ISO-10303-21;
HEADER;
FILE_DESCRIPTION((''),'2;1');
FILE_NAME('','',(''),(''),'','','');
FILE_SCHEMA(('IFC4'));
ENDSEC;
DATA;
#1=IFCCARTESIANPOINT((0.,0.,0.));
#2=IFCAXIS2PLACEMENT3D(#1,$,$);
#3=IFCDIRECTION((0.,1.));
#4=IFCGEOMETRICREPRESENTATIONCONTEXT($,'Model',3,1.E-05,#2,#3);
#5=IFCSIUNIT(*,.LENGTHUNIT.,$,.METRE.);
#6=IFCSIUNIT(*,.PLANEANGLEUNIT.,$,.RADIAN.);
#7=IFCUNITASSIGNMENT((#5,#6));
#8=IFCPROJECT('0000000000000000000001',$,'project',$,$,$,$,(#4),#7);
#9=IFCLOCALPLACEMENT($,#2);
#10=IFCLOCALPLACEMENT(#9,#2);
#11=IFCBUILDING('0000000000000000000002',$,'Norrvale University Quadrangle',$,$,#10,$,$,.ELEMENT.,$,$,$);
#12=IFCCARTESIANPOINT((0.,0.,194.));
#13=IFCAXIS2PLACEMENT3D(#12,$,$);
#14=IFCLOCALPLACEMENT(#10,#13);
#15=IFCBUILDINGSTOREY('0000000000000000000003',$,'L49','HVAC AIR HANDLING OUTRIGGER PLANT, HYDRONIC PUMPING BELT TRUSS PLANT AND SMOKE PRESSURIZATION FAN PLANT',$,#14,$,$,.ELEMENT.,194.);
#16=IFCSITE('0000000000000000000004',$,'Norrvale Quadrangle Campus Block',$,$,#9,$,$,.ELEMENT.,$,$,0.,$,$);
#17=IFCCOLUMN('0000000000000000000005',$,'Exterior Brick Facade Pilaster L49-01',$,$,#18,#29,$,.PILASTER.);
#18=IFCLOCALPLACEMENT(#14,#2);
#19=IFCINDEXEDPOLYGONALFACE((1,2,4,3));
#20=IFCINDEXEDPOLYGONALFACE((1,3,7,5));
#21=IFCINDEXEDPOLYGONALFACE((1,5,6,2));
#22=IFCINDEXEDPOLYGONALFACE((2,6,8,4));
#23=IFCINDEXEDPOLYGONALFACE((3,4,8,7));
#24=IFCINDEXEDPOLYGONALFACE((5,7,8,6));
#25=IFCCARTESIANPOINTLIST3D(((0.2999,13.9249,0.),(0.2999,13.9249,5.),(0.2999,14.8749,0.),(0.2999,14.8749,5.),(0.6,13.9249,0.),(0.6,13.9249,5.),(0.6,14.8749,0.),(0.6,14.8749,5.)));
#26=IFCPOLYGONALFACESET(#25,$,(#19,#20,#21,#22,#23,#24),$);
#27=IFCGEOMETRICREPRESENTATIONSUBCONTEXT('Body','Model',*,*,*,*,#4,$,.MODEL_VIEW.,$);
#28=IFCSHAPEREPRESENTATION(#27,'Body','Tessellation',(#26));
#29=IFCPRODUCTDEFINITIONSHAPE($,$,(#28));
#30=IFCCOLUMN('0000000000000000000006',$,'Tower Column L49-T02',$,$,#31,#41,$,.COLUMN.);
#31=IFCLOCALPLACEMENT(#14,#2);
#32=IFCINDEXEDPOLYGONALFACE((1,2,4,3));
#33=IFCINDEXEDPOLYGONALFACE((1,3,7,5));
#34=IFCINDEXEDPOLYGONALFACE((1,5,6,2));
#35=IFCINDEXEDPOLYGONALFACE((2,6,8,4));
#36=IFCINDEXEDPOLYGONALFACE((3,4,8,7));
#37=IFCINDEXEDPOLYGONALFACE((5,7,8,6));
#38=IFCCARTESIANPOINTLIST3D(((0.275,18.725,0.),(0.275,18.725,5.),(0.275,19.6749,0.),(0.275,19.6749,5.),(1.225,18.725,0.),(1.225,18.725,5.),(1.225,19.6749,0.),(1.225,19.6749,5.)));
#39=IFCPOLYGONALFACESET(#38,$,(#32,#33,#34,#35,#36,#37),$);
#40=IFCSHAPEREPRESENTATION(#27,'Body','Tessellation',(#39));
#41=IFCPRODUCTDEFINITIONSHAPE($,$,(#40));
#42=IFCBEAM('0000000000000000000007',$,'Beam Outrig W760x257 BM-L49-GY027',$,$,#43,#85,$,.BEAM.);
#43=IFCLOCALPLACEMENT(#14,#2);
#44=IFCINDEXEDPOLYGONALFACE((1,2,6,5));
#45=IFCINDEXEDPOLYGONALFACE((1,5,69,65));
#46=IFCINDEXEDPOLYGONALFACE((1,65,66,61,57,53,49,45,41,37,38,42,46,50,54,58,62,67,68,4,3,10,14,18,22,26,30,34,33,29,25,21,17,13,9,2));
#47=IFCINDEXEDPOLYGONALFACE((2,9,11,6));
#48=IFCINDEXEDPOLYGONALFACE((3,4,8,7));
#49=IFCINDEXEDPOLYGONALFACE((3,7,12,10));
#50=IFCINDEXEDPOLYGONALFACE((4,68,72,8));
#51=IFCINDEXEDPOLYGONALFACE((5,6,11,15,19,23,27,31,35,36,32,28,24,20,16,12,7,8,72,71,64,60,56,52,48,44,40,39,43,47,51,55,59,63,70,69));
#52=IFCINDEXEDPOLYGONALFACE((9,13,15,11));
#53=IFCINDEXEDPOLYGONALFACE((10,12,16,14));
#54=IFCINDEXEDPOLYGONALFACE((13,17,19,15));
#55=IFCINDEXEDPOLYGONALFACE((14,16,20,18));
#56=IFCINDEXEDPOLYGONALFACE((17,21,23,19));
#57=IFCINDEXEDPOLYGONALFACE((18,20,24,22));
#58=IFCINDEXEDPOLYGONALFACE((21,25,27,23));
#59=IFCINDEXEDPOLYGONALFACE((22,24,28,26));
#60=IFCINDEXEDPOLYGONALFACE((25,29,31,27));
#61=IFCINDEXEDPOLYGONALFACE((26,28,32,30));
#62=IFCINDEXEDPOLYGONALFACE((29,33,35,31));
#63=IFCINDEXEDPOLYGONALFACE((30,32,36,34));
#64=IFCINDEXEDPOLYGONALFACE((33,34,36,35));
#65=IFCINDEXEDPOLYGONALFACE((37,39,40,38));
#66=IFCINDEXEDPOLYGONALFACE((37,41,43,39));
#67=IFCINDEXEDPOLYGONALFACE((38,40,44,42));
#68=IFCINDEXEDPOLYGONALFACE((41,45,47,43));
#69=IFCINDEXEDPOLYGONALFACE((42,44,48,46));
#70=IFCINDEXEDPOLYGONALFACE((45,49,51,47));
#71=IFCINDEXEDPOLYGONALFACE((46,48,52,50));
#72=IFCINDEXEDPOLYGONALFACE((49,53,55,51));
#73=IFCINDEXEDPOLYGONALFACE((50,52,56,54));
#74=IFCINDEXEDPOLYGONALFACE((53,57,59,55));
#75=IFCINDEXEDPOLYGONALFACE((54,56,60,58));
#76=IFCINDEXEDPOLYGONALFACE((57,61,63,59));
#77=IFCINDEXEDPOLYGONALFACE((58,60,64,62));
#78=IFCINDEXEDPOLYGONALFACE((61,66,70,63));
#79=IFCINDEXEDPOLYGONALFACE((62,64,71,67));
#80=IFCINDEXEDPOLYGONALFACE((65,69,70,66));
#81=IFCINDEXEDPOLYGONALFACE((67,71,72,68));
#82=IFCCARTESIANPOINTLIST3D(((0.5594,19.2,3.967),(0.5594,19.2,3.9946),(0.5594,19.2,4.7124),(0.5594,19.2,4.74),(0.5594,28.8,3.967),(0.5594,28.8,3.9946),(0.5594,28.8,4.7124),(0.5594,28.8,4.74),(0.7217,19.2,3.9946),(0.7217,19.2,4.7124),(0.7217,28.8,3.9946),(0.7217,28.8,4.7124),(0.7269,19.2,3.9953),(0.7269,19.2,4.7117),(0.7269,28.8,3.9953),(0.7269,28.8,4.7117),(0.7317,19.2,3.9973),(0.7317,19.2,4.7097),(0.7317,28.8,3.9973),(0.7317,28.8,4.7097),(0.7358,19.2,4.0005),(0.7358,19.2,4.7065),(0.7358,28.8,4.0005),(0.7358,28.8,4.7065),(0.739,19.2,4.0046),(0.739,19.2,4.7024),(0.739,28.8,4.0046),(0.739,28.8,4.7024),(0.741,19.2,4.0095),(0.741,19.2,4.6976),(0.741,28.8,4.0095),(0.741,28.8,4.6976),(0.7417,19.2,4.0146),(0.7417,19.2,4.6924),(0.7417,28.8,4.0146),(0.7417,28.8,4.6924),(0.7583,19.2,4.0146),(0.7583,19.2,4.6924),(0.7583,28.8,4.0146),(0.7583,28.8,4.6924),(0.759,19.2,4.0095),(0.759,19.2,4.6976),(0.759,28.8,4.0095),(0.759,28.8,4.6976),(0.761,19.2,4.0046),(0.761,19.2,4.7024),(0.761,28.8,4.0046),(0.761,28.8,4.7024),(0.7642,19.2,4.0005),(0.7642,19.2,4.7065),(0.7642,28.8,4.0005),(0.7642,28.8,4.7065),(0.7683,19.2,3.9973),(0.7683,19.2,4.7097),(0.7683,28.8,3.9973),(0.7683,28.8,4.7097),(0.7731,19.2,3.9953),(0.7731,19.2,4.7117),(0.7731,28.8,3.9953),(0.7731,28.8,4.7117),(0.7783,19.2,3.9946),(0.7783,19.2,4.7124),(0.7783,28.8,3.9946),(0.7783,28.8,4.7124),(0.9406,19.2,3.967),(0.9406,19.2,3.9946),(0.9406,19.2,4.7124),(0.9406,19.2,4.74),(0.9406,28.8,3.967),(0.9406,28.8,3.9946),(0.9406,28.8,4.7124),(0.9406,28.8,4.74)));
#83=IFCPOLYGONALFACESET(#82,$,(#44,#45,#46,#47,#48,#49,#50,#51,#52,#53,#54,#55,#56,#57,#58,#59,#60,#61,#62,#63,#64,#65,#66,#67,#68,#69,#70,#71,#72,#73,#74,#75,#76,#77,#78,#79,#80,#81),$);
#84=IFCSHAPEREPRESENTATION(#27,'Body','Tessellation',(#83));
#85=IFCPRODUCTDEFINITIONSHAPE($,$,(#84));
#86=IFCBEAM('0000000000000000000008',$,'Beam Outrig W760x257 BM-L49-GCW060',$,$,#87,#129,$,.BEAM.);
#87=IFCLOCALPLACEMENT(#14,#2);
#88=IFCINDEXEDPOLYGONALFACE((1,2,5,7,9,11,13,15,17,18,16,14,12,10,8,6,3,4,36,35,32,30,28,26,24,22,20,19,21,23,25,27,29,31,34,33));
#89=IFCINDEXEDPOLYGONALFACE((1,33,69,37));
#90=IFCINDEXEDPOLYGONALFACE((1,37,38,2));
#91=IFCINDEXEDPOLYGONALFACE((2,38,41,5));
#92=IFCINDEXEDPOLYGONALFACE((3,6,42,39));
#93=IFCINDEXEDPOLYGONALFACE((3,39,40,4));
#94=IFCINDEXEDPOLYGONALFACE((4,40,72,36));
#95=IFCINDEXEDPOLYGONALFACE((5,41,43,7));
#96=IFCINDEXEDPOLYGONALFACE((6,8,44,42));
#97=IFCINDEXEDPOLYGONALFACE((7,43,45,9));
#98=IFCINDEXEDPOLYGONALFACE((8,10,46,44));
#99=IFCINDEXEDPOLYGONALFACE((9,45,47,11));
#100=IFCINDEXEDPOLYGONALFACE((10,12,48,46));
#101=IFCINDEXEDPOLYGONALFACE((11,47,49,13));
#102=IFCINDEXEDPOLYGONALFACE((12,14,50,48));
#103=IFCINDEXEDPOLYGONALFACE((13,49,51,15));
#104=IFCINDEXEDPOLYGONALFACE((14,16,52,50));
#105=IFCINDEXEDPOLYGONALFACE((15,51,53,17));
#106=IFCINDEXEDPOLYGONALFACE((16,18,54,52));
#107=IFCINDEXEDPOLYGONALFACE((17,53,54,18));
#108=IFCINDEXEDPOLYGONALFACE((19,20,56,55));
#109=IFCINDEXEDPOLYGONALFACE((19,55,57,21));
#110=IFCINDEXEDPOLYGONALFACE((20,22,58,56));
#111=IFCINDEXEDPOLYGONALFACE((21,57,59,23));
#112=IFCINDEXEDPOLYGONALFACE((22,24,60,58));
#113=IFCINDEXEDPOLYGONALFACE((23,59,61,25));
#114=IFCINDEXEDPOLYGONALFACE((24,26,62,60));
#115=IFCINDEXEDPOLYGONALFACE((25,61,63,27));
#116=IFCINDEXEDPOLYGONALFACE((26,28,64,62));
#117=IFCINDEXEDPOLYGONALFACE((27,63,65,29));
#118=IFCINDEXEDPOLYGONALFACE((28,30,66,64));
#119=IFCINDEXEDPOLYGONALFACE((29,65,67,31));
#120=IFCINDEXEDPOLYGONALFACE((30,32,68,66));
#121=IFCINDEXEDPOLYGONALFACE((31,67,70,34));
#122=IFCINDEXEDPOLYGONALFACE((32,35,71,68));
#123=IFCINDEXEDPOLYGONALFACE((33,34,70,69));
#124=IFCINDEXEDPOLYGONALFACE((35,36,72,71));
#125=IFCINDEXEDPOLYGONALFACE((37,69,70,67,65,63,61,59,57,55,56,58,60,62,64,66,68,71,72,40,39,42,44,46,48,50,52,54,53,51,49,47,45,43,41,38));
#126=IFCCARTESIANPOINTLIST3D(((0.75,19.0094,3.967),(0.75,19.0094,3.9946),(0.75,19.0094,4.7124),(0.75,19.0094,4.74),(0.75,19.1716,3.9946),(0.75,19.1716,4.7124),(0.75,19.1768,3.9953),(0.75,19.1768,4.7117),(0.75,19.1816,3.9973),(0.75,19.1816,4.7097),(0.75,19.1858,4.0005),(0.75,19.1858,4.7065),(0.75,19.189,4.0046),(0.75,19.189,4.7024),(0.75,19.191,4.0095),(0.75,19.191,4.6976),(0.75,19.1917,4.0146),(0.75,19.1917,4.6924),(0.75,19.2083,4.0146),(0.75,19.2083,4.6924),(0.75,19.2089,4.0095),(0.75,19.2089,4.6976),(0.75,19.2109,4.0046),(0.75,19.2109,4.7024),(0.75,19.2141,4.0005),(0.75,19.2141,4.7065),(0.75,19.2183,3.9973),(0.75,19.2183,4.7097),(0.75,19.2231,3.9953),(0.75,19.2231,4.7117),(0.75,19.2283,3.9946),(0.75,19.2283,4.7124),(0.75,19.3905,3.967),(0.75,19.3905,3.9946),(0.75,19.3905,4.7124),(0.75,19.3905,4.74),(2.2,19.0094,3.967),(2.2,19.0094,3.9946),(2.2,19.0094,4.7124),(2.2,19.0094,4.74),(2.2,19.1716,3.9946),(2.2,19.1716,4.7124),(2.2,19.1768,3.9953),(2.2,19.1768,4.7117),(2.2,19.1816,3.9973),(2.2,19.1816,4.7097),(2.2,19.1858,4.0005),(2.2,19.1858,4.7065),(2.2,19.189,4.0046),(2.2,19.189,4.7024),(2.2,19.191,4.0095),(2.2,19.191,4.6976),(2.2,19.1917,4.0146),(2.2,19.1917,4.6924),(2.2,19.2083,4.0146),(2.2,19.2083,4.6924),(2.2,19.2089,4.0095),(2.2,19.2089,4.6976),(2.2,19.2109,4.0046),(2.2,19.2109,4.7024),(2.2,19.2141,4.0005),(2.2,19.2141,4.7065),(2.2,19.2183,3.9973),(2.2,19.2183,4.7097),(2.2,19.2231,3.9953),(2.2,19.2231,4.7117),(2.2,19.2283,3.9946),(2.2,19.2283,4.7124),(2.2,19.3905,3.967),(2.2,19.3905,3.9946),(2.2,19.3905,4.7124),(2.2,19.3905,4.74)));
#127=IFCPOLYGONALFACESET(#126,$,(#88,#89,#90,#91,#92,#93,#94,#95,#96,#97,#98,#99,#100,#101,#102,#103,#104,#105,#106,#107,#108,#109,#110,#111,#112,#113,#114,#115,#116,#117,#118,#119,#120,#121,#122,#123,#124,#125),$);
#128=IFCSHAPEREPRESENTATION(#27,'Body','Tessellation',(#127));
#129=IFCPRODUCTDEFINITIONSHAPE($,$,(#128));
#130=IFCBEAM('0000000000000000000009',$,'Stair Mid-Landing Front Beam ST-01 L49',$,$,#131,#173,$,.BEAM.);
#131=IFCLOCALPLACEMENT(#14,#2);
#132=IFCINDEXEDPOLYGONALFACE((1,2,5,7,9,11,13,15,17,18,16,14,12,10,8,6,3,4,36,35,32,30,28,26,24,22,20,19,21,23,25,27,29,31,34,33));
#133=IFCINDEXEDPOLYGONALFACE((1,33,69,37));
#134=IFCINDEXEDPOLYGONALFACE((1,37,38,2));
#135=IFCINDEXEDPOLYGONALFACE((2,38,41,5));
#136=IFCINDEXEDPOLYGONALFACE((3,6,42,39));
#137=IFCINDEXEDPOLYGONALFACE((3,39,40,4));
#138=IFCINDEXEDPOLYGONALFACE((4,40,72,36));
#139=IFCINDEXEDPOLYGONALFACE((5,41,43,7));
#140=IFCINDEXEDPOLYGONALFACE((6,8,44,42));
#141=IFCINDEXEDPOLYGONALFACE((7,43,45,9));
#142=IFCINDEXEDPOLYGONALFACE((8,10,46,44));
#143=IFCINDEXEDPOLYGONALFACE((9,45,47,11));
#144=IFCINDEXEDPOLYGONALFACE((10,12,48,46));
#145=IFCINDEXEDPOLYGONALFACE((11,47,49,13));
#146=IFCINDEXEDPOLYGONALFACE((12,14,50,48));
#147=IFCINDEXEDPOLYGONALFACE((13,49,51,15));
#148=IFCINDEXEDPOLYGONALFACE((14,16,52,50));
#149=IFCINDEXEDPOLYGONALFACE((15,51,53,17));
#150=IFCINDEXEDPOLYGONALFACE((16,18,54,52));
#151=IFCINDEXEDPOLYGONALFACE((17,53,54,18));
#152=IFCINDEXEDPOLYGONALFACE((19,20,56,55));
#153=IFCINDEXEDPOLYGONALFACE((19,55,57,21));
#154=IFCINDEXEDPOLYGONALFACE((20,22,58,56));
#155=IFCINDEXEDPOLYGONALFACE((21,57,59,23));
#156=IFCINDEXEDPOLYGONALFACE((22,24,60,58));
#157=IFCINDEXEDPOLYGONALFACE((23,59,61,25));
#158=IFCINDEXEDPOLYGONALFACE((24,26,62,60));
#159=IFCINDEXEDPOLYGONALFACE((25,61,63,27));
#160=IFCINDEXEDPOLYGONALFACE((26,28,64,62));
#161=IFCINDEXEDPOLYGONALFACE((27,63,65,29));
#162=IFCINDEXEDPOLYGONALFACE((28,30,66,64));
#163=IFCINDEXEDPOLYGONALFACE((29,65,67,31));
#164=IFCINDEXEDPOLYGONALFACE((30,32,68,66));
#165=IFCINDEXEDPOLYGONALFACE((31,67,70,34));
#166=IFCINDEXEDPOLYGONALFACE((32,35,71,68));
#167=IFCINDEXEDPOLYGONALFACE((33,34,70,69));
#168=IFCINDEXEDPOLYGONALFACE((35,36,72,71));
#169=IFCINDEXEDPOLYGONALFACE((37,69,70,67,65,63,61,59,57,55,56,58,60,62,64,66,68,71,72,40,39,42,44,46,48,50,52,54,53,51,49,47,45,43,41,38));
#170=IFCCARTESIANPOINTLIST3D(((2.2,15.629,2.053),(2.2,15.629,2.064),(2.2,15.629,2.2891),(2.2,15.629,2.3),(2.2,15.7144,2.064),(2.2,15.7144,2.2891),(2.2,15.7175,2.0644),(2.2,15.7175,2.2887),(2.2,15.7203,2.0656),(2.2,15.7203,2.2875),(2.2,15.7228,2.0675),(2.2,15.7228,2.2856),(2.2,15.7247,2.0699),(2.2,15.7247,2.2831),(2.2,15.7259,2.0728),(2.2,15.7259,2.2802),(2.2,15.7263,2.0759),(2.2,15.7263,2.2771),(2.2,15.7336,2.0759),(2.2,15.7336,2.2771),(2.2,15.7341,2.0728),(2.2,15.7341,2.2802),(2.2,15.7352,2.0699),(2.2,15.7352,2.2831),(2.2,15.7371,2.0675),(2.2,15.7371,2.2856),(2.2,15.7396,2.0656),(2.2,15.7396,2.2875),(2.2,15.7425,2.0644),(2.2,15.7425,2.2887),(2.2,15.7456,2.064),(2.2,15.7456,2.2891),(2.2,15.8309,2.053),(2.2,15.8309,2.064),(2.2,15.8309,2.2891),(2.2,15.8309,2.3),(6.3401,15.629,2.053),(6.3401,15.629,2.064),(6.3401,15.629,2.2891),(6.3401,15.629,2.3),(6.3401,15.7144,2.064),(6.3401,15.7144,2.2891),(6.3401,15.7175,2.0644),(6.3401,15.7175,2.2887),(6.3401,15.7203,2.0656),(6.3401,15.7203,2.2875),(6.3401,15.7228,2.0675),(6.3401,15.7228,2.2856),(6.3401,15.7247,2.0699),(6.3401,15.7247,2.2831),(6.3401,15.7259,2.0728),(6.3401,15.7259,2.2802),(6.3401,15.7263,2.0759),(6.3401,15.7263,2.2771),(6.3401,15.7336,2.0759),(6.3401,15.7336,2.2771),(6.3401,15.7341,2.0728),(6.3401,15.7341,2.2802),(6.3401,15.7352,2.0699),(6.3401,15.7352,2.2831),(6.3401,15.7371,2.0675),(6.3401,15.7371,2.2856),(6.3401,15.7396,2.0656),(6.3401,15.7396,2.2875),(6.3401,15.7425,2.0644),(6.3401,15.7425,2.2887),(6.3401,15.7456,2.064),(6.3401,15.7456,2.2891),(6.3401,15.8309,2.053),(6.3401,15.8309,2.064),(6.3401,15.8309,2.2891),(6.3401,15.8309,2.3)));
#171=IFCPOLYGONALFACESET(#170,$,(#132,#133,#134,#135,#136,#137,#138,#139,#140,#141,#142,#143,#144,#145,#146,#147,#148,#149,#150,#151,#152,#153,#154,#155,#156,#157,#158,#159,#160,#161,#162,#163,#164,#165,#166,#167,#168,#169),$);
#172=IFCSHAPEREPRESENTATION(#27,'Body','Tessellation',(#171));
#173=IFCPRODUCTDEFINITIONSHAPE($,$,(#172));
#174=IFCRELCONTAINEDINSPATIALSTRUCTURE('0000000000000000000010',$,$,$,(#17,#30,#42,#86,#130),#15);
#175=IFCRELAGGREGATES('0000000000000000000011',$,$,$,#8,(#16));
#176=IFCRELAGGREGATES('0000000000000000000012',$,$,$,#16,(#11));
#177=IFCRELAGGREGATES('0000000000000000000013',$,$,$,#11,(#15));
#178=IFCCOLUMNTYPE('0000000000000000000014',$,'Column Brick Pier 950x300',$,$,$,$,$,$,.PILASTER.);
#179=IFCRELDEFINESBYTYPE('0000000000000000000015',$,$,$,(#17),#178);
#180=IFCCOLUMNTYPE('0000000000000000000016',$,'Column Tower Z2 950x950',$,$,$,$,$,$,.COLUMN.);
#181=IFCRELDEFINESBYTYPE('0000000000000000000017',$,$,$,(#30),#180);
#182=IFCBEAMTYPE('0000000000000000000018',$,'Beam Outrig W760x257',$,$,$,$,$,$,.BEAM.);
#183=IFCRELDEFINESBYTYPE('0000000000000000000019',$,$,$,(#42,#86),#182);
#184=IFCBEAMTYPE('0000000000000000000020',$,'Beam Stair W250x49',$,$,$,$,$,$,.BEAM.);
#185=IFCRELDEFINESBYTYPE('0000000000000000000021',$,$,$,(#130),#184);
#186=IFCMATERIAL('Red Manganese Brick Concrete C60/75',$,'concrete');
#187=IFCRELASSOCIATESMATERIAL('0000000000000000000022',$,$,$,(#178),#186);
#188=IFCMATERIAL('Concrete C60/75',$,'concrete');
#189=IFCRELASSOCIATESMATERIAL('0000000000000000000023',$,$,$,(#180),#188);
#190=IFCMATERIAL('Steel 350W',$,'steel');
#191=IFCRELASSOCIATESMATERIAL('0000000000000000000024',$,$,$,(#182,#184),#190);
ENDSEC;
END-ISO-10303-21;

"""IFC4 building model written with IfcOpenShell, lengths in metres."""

from ifc_helpers import new_model, si_unit, direction, frame, origin, origin_2d, place, context, subcontext, project, spatial, rectangle, i_section, extrude, material, material_profile, profile_set, type_object, element, save


model = new_model("IFC4")

# Units and contexts
model_context = context("Model", 3, precision=1e-05, world=origin(), true_north=direction((0.0, 1.0)))
body_context = subcontext(model_context, "Body", "Model", "MODEL_VIEW")
ifc_project = project(units=[si_unit("LENGTHUNIT", "METRE"), si_unit("PLANEANGLEUNIT", "RADIAN")], contexts=[model_context])

# Site, building, storey
site_placement = place(None, origin())
site = spatial("IfcSite", under=ifc_project, at=site_placement, Name="Norrvale Quadrangle Campus Block", CompositionType="ELEMENT", RefElevation=0.0)
building_placement = place(site_placement, origin())
building = spatial("IfcBuilding", under=site, at=building_placement, Name="Norrvale University Quadrangle", CompositionType="ELEMENT")
storey_placement = place(building_placement, frame((0.0, 0.0, 194.0)))
storey = spatial("IfcBuildingStorey", under=building, at=storey_placement, Name="L49", Description="HVAC AIR HANDLING OUTRIGGER PLANT, HYDRONIC PUMPING BELT TRUSS PLANT AND SMOKE PRESSURIZATION FAN PLANT", CompositionType="ELEMENT", Elevation=194.0)

# Columns
ifc_material_1 = material(Name="Red Manganese Brick Concrete C60/75", Category="concrete")
ifc_material_profile_1 = material_profile(ifc_material_1, rectangle(XDim=0.95, YDim=0.3, at=origin_2d()), Name="Red Manganese Brick Concrete C60/75")
ifc_profile_set_1 = profile_set([ifc_material_profile_1], Name="Red Manganese Brick Concrete C60/75")
column_type_1 = type_object("IfcColumnType", Name="Column Brick Pier 950x300", PredefinedType="PILASTER", material=ifc_profile_set_1)
column_1_placement = place(storey_placement, frame((0.45, 14.3999, 0.0), z_axis=(0.0, 0.0, 1.0), x_axis=(0.0, 1.0, 0.0)))
element("IfcColumn", 1, at=column_1_placement, inside=storey, type_object=column_type_1, Name="Exterior Brick Facade Pilaster L49-01", PredefinedType="PILASTER", context=body_context, shape_type="SweptSolid", body=[
    extrude(rectangle(XDim=0.95, YDim=0.3, at=origin_2d()), origin(), (0.0, 0.0, 1.0), 5.0),
])
ifc_material_2 = material(Name="Concrete C60/75", Category="concrete")
ifc_material_profile_2 = material_profile(ifc_material_2, rectangle(XDim=0.95, YDim=0.95, at=origin_2d()), Name="Concrete C60/75")
ifc_profile_set_2 = profile_set([ifc_material_profile_2], Name="Concrete C60/75")
column_type_2 = type_object("IfcColumnType", Name="Column Tower Z2 950x950", PredefinedType="COLUMN", material=ifc_profile_set_2)
column_2_placement = place(storey_placement, frame((0.75, 19.2, 0.0), z_axis=(0.0, 0.0, 1.0), x_axis=(1.0, 0.0, 0.0)))
element("IfcColumn", 2, at=column_2_placement, inside=storey, type_object=column_type_2, Name="Tower Column L49-T02", PredefinedType="COLUMN", context=body_context, shape_type="SweptSolid", body=[
    extrude(rectangle(XDim=0.95, YDim=0.95, at=origin_2d()), origin(), (0.0, 0.0, 1.0), 5.0),
])

# Beams
ifc_material_3 = material(Name="Steel 350W", Category="steel")
ifc_material_profile_3 = material_profile(ifc_material_3, i_section(OverallWidth=0.3811, OverallDepth=0.7729, WebThickness=0.0166, FlangeThickness=0.0276, FilletRadius=0.02, at=origin_2d()), Name="Steel 350W")
ifc_profile_set_3 = profile_set([ifc_material_profile_3], Name="Steel 350W")
beam_type_1 = type_object("IfcBeamType", Name="Beam Outrig W760x257", PredefinedType="BEAM", material=ifc_profile_set_3)
beam_1_placement = place(storey_placement, frame((0.75, 19.2, 4.3535), z_axis=(0.0, 1.0, 0.0), x_axis=(-1.0, 0.0, 0.0)))
element("IfcBeam", 3, at=beam_1_placement, inside=storey, type_object=beam_type_1, Name="Beam Outrig W760x257 BM-L49-GY027", PredefinedType="BEAM", context=body_context, shape_type="SweptSolid", body=[
    extrude(i_section(OverallWidth=0.3811, OverallDepth=0.7729, WebThickness=0.0166, FlangeThickness=0.0276, FilletRadius=0.02, at=origin_2d()), origin(), (0.0, 0.0, 1.0), 9.6001),
])
beam_2_placement = place(storey_placement, frame((0.75, 19.2, 4.3535), z_axis=(1.0, 0.0, 0.0), x_axis=(0.0, 1.0, 0.0)))
element("IfcBeam", 4, at=beam_2_placement, inside=storey, type_object=beam_type_1, Name="Beam Outrig W760x257 BM-L49-GCW060", PredefinedType="BEAM", context=body_context, shape_type="SweptSolid", body=[
    extrude(i_section(OverallWidth=0.3811, OverallDepth=0.7729, WebThickness=0.0166, FlangeThickness=0.0276, FilletRadius=0.02, at=origin_2d()), origin(), (0.0, 0.0, 1.0), 1.45),
])
ifc_material_profile_4 = material_profile(ifc_material_3, i_section(OverallWidth=0.2019, OverallDepth=0.2471, WebThickness=0.0073, FlangeThickness=0.011, FilletRadius=0.012, at=origin_2d()), Name="Steel 350W")
ifc_profile_set_4 = profile_set([ifc_material_profile_4], Name="Steel 350W")
beam_type_2 = type_object("IfcBeamType", Name="Beam Stair W250x49", PredefinedType="BEAM", material=ifc_profile_set_4)
for number, where, z_axis, x_axis, name in (
    (5, (2.2, 15.73, 2.1765), (1.0, 0.0, 0.0), (0.0, 1.0, 0.0), "Stair Mid-Landing Front Beam ST-01 L49"),
):
    element("IfcBeam", number, at=place(storey_placement, frame(where, z_axis=z_axis, x_axis=x_axis)), inside=storey, type_object=beam_type_2, Name=name, PredefinedType="BEAM", context=body_context, shape_type="SweptSolid", body=[
        extrude(i_section(OverallWidth=0.2019, OverallDepth=0.2471, WebThickness=0.0073, FlangeThickness=0.011, FilletRadius=0.012, at=origin_2d()), origin(), (0.0, 0.0, 1.0), 4.1401),
    ])

save(model, "model.ifc")
